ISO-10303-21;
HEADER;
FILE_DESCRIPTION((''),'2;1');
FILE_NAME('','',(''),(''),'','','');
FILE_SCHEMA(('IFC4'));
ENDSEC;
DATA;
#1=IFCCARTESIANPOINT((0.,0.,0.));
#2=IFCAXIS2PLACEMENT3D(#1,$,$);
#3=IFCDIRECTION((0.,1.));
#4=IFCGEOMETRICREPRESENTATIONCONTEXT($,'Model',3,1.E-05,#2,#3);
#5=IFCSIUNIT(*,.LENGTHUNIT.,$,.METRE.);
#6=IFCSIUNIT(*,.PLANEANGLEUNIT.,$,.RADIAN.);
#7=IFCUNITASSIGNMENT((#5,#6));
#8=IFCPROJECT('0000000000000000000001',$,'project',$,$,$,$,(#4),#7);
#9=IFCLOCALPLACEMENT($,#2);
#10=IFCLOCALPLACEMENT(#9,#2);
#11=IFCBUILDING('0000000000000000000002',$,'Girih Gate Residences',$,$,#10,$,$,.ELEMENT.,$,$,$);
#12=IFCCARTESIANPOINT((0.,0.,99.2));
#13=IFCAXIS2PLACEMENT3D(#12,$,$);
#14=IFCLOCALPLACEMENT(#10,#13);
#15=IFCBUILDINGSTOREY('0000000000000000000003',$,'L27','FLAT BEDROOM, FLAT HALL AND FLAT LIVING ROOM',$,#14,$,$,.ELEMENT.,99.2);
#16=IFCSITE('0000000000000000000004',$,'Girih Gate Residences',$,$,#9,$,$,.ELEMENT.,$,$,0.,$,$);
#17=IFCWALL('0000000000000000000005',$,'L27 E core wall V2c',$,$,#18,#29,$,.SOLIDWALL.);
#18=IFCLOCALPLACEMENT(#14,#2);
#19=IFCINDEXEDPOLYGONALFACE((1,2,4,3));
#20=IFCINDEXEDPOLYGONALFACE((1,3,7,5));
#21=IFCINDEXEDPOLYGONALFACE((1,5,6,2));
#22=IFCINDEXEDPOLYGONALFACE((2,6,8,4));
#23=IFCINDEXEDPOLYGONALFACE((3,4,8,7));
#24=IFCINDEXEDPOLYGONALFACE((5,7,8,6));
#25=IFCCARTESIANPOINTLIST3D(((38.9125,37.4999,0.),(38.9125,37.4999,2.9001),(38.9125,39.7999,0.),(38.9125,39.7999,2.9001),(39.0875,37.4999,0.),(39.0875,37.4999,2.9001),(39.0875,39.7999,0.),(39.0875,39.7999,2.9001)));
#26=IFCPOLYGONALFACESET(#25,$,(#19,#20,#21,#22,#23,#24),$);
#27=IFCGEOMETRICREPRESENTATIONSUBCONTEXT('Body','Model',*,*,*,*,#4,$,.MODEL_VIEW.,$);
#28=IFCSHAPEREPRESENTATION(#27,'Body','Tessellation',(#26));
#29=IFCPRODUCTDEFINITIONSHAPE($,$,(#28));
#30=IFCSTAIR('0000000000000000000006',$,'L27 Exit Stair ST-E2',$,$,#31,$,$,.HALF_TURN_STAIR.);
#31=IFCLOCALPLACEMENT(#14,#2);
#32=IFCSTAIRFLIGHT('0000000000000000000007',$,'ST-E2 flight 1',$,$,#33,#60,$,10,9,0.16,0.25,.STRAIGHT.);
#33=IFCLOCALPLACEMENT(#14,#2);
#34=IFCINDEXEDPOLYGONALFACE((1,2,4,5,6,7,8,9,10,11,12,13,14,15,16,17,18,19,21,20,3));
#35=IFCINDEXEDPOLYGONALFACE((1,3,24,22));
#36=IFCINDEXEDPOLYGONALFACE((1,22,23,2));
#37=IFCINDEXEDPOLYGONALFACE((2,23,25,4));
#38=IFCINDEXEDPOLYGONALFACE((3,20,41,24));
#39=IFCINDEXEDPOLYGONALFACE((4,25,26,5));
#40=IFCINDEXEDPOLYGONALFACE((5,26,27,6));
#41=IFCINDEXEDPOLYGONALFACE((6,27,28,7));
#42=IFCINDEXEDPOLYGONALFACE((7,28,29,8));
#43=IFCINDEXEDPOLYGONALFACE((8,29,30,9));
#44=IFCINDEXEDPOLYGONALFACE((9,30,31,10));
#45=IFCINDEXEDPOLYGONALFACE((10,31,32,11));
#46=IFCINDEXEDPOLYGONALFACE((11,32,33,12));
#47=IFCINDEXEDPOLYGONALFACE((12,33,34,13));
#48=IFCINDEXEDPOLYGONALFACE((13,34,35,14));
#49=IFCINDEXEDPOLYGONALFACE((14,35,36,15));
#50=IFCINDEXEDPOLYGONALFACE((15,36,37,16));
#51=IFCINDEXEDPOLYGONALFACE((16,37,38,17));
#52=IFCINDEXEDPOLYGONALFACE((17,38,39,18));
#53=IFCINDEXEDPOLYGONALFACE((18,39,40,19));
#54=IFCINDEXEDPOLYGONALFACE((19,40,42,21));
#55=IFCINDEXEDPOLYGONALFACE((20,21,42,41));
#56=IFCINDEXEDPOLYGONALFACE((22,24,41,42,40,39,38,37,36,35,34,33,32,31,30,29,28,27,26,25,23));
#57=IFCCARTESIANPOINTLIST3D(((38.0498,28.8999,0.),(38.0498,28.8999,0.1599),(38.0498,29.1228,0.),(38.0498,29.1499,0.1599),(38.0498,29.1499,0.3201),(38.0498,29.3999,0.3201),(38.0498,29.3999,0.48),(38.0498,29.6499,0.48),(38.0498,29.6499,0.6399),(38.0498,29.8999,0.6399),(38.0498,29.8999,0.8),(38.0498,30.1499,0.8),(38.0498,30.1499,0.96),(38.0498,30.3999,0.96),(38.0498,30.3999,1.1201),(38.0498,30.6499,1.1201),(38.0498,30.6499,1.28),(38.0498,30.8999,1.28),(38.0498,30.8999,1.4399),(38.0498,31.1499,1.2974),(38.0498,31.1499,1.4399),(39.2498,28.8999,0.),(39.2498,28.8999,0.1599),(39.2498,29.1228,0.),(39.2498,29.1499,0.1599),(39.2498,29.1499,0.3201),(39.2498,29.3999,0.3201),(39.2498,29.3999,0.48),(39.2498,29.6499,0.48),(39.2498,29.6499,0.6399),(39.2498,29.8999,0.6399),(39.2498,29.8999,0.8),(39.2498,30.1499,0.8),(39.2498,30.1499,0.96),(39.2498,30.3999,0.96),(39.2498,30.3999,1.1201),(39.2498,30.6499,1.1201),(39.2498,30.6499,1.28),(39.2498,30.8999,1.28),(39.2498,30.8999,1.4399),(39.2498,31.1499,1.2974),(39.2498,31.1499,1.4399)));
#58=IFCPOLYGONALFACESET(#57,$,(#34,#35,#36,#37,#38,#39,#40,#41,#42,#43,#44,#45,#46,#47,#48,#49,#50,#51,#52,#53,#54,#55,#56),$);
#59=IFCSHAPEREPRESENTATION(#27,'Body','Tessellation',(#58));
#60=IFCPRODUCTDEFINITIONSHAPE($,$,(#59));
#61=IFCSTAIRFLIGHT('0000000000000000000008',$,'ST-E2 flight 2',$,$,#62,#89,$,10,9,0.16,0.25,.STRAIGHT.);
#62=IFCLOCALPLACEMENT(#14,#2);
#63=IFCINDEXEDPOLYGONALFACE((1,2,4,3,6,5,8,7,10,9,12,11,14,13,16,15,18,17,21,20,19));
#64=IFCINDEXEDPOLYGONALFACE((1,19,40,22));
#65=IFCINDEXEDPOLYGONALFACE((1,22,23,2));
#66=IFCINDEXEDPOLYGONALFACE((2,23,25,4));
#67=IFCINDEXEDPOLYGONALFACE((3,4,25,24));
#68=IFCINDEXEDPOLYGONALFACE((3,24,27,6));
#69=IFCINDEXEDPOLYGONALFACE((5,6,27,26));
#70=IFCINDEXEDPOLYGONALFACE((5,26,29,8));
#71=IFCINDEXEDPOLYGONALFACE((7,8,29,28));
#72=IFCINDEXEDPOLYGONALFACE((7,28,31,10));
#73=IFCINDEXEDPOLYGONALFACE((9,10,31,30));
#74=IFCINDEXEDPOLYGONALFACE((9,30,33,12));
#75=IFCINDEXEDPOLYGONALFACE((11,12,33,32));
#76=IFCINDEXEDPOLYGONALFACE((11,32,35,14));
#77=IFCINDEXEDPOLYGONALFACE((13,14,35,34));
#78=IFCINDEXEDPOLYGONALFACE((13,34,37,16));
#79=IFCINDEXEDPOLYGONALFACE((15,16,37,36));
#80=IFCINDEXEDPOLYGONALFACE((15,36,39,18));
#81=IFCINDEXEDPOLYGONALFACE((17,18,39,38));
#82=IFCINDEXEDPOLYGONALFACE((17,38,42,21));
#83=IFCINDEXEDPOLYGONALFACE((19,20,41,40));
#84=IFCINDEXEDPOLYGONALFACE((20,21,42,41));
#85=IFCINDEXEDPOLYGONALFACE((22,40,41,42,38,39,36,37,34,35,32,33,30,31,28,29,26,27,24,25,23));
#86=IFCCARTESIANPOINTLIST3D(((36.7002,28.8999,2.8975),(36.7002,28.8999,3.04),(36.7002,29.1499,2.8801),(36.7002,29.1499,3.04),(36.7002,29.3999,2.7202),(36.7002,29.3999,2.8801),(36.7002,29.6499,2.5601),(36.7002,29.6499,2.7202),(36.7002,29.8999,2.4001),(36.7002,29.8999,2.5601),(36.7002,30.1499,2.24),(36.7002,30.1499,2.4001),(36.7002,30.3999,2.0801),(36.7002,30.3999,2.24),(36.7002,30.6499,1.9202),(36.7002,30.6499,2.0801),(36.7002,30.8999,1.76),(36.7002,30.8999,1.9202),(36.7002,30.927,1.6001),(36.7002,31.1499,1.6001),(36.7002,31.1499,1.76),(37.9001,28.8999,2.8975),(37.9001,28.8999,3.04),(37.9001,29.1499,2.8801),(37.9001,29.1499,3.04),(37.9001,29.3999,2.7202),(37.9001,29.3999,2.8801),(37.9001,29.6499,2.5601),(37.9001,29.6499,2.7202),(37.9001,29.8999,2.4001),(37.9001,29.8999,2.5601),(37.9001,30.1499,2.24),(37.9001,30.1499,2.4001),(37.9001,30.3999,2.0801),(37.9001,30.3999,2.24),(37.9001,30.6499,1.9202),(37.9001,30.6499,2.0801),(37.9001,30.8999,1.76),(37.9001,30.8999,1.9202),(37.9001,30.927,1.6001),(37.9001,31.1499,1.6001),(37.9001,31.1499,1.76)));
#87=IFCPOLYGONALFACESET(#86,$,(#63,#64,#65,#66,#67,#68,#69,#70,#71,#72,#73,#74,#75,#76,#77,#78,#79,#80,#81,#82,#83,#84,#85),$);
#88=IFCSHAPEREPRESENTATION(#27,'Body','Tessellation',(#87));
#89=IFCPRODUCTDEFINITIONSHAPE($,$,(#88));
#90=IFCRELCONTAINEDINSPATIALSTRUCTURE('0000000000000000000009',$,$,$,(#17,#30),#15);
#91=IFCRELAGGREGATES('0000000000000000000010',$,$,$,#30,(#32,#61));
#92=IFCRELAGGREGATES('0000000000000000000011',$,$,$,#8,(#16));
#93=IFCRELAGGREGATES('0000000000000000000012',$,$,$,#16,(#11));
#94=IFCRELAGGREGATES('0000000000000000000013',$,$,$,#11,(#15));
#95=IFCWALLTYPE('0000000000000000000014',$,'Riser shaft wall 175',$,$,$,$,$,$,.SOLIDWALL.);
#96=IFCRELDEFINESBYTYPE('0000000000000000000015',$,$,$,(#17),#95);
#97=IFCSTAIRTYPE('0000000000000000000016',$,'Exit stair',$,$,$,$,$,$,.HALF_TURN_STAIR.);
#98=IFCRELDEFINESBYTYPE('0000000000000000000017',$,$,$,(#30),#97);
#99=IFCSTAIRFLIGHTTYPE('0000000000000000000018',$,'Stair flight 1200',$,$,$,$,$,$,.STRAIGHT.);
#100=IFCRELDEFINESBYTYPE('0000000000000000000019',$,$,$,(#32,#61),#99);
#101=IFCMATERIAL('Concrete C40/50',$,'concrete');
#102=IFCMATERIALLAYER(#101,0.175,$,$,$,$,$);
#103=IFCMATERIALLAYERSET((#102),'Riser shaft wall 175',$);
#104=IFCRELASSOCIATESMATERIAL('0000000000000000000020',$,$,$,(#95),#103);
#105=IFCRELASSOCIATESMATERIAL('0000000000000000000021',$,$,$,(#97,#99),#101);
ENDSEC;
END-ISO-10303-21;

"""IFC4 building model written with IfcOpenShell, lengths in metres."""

from ifc_helpers import new_model, si_unit, direction, frame, frame_2d, origin, place, context, subcontext, project, spatial, polyline, rectangle, outline, extrude, material, layer, layer_set, type_object, element, aggregate, save


model = new_model("IFC4")

# Units and contexts
model_context = context("Model", 3, precision=1e-05, world=origin(), true_north=direction((0.0, 1.0)))
body_context = subcontext(model_context, "Body", "Model", "MODEL_VIEW")
ifc_project = project(units=[si_unit("LENGTHUNIT", "METRE"), si_unit("PLANEANGLEUNIT", "RADIAN")], contexts=[model_context])

# Site, building, storey
site_placement = place(None, origin())
site = spatial("IfcSite", under=ifc_project, at=site_placement, Name="Girih Gate Residences", CompositionType="ELEMENT", RefElevation=0.0)
building_placement = place(site_placement, origin())
building = spatial("IfcBuilding", under=site, at=building_placement, Name="Girih Gate Residences", CompositionType="ELEMENT")
storey_placement = place(building_placement, frame((0.0, 0.0, 99.2)))
storey = spatial("IfcBuildingStorey", under=building, at=storey_placement, Name="L27", Description="FLAT BEDROOM, FLAT HALL AND FLAT LIVING ROOM", CompositionType="ELEMENT", Elevation=99.2)

# Shared definitions
ifc_material_1 = material(Name="Concrete C40/50", Category="concrete")

# Wall
ifc_layer_1 = layer(ifc_material_1, 0.175)
ifc_layer_set_1 = layer_set([ifc_layer_1], Name="Riser shaft wall 175")
wall_type_1 = type_object("IfcWallType", Name="Riser shaft wall 175", PredefinedType="SOLIDWALL", material=ifc_layer_set_1)
wall_1_placement = place(storey_placement, frame((39.0, 37.5, 0.0), z_axis=(0.0, 0.0, 1.0), x_axis=(0.0, 1.0, 0.0)))
element("IfcWall", 1, at=wall_1_placement, inside=storey, type_object=wall_type_1, Name="L27 E core wall V2c", PredefinedType="SOLIDWALL", context=body_context, shape_type="SweptSolid", body=[
    extrude(rectangle(XDim=2.3, YDim=0.175, at=frame_2d((1.1499, 0.0))), origin(), (0.0, 0.0, 1.0), 2.9001),
])

# Stair, stair flights
stair_type = type_object("IfcStairType", Name="Exit stair", PredefinedType="HALF_TURN_STAIR", material=ifc_material_1)
stair_placement = place(storey_placement, origin())
stair = element("IfcStair", 2, at=stair_placement, inside=storey, type_object=stair_type, Name="L27 Exit Stair ST-E2", PredefinedType="HALF_TURN_STAIR")
stair_flight_type = type_object("IfcStairFlightType", Name="Stair flight 1200", PredefinedType="STRAIGHT", material=ifc_material_1)
stair_flight_1_placement = place(storey_placement, frame((38.6499, 28.8999, 0.0), z_axis=(0.0, 0.0, 1.0), x_axis=(0.0, 1.0, 0.0)))
stair_flight_1 = element("IfcStairFlight", 3, at=stair_flight_1_placement, type_object=stair_flight_type, Name="ST-E2 flight 1", NumberOfRisers=10, NumberOfTreads=9, PredefinedType="STRAIGHT", RiserHeight=0.16, TreadLength=0.25, context=body_context, shape_type="SweptSolid", body=[
    extrude(outline(polyline([(0.0, 0.0), (0.0, 0.1599), (0.25, 0.1599), (0.25, 0.3201), (0.5, 0.3201), (0.5, 0.48), (0.75, 0.48), (0.75, 0.6399), (1.0, 0.6399), (1.0, 0.8), (1.25, 0.8), (1.25, 0.96), (1.5, 0.96), (1.5, 1.1201), (1.75, 1.1201), (1.75, 1.28), (2.0, 1.28), (2.0, 1.4399), (2.25, 1.4399), (2.25, 1.6001), (2.25, 1.2974), (0.2229, 0.0), (0.0, 0.0)])), frame((0.0, 0.6001, 0.0), z_axis=(0.0, -1.0, 0.0), x_axis=(1.0, 0.0, 0.0)), (0.0, 0.0, 1.0), 1.2),
])
stair_flight_2_placement = place(storey_placement, frame((37.3, 31.1499, 1.6001), z_axis=(0.0, 0.0, 1.0), x_axis=(0.0, -1.0, 0.0)))
stair_flight_2 = element("IfcStairFlight", 4, at=stair_flight_2_placement, type_object=stair_flight_type, Name="ST-E2 flight 2", NumberOfRisers=10, NumberOfTreads=9, PredefinedType="STRAIGHT", RiserHeight=0.16, TreadLength=0.25, context=body_context, shape_type="SweptSolid", body=[
    extrude(outline(polyline([(0.0, 0.0), (0.0, 0.1599), (0.25, 0.1599), (0.25, 0.3201), (0.5, 0.3201), (0.5, 0.48), (0.75, 0.48), (0.75, 0.6399), (1.0, 0.6399), (1.0, 0.8), (1.25, 0.8), (1.25, 0.96), (1.5, 0.96), (1.5, 1.1201), (1.75, 1.1201), (1.75, 1.28), (2.0, 1.28), (2.0, 1.4399), (2.25, 1.4399), (2.25, 1.6001), (2.25, 1.2974), (0.2229, 0.0), (0.0, 0.0)])), frame((0.0, 0.6001, 0.0), z_axis=(0.0, -1.0, 0.0), x_axis=(1.0, 0.0, 0.0)), (0.0, 0.0, 1.0), 1.2),
])
aggregate(stair, [stair_flight_1, stair_flight_2])

save(model, "model.ifc")
